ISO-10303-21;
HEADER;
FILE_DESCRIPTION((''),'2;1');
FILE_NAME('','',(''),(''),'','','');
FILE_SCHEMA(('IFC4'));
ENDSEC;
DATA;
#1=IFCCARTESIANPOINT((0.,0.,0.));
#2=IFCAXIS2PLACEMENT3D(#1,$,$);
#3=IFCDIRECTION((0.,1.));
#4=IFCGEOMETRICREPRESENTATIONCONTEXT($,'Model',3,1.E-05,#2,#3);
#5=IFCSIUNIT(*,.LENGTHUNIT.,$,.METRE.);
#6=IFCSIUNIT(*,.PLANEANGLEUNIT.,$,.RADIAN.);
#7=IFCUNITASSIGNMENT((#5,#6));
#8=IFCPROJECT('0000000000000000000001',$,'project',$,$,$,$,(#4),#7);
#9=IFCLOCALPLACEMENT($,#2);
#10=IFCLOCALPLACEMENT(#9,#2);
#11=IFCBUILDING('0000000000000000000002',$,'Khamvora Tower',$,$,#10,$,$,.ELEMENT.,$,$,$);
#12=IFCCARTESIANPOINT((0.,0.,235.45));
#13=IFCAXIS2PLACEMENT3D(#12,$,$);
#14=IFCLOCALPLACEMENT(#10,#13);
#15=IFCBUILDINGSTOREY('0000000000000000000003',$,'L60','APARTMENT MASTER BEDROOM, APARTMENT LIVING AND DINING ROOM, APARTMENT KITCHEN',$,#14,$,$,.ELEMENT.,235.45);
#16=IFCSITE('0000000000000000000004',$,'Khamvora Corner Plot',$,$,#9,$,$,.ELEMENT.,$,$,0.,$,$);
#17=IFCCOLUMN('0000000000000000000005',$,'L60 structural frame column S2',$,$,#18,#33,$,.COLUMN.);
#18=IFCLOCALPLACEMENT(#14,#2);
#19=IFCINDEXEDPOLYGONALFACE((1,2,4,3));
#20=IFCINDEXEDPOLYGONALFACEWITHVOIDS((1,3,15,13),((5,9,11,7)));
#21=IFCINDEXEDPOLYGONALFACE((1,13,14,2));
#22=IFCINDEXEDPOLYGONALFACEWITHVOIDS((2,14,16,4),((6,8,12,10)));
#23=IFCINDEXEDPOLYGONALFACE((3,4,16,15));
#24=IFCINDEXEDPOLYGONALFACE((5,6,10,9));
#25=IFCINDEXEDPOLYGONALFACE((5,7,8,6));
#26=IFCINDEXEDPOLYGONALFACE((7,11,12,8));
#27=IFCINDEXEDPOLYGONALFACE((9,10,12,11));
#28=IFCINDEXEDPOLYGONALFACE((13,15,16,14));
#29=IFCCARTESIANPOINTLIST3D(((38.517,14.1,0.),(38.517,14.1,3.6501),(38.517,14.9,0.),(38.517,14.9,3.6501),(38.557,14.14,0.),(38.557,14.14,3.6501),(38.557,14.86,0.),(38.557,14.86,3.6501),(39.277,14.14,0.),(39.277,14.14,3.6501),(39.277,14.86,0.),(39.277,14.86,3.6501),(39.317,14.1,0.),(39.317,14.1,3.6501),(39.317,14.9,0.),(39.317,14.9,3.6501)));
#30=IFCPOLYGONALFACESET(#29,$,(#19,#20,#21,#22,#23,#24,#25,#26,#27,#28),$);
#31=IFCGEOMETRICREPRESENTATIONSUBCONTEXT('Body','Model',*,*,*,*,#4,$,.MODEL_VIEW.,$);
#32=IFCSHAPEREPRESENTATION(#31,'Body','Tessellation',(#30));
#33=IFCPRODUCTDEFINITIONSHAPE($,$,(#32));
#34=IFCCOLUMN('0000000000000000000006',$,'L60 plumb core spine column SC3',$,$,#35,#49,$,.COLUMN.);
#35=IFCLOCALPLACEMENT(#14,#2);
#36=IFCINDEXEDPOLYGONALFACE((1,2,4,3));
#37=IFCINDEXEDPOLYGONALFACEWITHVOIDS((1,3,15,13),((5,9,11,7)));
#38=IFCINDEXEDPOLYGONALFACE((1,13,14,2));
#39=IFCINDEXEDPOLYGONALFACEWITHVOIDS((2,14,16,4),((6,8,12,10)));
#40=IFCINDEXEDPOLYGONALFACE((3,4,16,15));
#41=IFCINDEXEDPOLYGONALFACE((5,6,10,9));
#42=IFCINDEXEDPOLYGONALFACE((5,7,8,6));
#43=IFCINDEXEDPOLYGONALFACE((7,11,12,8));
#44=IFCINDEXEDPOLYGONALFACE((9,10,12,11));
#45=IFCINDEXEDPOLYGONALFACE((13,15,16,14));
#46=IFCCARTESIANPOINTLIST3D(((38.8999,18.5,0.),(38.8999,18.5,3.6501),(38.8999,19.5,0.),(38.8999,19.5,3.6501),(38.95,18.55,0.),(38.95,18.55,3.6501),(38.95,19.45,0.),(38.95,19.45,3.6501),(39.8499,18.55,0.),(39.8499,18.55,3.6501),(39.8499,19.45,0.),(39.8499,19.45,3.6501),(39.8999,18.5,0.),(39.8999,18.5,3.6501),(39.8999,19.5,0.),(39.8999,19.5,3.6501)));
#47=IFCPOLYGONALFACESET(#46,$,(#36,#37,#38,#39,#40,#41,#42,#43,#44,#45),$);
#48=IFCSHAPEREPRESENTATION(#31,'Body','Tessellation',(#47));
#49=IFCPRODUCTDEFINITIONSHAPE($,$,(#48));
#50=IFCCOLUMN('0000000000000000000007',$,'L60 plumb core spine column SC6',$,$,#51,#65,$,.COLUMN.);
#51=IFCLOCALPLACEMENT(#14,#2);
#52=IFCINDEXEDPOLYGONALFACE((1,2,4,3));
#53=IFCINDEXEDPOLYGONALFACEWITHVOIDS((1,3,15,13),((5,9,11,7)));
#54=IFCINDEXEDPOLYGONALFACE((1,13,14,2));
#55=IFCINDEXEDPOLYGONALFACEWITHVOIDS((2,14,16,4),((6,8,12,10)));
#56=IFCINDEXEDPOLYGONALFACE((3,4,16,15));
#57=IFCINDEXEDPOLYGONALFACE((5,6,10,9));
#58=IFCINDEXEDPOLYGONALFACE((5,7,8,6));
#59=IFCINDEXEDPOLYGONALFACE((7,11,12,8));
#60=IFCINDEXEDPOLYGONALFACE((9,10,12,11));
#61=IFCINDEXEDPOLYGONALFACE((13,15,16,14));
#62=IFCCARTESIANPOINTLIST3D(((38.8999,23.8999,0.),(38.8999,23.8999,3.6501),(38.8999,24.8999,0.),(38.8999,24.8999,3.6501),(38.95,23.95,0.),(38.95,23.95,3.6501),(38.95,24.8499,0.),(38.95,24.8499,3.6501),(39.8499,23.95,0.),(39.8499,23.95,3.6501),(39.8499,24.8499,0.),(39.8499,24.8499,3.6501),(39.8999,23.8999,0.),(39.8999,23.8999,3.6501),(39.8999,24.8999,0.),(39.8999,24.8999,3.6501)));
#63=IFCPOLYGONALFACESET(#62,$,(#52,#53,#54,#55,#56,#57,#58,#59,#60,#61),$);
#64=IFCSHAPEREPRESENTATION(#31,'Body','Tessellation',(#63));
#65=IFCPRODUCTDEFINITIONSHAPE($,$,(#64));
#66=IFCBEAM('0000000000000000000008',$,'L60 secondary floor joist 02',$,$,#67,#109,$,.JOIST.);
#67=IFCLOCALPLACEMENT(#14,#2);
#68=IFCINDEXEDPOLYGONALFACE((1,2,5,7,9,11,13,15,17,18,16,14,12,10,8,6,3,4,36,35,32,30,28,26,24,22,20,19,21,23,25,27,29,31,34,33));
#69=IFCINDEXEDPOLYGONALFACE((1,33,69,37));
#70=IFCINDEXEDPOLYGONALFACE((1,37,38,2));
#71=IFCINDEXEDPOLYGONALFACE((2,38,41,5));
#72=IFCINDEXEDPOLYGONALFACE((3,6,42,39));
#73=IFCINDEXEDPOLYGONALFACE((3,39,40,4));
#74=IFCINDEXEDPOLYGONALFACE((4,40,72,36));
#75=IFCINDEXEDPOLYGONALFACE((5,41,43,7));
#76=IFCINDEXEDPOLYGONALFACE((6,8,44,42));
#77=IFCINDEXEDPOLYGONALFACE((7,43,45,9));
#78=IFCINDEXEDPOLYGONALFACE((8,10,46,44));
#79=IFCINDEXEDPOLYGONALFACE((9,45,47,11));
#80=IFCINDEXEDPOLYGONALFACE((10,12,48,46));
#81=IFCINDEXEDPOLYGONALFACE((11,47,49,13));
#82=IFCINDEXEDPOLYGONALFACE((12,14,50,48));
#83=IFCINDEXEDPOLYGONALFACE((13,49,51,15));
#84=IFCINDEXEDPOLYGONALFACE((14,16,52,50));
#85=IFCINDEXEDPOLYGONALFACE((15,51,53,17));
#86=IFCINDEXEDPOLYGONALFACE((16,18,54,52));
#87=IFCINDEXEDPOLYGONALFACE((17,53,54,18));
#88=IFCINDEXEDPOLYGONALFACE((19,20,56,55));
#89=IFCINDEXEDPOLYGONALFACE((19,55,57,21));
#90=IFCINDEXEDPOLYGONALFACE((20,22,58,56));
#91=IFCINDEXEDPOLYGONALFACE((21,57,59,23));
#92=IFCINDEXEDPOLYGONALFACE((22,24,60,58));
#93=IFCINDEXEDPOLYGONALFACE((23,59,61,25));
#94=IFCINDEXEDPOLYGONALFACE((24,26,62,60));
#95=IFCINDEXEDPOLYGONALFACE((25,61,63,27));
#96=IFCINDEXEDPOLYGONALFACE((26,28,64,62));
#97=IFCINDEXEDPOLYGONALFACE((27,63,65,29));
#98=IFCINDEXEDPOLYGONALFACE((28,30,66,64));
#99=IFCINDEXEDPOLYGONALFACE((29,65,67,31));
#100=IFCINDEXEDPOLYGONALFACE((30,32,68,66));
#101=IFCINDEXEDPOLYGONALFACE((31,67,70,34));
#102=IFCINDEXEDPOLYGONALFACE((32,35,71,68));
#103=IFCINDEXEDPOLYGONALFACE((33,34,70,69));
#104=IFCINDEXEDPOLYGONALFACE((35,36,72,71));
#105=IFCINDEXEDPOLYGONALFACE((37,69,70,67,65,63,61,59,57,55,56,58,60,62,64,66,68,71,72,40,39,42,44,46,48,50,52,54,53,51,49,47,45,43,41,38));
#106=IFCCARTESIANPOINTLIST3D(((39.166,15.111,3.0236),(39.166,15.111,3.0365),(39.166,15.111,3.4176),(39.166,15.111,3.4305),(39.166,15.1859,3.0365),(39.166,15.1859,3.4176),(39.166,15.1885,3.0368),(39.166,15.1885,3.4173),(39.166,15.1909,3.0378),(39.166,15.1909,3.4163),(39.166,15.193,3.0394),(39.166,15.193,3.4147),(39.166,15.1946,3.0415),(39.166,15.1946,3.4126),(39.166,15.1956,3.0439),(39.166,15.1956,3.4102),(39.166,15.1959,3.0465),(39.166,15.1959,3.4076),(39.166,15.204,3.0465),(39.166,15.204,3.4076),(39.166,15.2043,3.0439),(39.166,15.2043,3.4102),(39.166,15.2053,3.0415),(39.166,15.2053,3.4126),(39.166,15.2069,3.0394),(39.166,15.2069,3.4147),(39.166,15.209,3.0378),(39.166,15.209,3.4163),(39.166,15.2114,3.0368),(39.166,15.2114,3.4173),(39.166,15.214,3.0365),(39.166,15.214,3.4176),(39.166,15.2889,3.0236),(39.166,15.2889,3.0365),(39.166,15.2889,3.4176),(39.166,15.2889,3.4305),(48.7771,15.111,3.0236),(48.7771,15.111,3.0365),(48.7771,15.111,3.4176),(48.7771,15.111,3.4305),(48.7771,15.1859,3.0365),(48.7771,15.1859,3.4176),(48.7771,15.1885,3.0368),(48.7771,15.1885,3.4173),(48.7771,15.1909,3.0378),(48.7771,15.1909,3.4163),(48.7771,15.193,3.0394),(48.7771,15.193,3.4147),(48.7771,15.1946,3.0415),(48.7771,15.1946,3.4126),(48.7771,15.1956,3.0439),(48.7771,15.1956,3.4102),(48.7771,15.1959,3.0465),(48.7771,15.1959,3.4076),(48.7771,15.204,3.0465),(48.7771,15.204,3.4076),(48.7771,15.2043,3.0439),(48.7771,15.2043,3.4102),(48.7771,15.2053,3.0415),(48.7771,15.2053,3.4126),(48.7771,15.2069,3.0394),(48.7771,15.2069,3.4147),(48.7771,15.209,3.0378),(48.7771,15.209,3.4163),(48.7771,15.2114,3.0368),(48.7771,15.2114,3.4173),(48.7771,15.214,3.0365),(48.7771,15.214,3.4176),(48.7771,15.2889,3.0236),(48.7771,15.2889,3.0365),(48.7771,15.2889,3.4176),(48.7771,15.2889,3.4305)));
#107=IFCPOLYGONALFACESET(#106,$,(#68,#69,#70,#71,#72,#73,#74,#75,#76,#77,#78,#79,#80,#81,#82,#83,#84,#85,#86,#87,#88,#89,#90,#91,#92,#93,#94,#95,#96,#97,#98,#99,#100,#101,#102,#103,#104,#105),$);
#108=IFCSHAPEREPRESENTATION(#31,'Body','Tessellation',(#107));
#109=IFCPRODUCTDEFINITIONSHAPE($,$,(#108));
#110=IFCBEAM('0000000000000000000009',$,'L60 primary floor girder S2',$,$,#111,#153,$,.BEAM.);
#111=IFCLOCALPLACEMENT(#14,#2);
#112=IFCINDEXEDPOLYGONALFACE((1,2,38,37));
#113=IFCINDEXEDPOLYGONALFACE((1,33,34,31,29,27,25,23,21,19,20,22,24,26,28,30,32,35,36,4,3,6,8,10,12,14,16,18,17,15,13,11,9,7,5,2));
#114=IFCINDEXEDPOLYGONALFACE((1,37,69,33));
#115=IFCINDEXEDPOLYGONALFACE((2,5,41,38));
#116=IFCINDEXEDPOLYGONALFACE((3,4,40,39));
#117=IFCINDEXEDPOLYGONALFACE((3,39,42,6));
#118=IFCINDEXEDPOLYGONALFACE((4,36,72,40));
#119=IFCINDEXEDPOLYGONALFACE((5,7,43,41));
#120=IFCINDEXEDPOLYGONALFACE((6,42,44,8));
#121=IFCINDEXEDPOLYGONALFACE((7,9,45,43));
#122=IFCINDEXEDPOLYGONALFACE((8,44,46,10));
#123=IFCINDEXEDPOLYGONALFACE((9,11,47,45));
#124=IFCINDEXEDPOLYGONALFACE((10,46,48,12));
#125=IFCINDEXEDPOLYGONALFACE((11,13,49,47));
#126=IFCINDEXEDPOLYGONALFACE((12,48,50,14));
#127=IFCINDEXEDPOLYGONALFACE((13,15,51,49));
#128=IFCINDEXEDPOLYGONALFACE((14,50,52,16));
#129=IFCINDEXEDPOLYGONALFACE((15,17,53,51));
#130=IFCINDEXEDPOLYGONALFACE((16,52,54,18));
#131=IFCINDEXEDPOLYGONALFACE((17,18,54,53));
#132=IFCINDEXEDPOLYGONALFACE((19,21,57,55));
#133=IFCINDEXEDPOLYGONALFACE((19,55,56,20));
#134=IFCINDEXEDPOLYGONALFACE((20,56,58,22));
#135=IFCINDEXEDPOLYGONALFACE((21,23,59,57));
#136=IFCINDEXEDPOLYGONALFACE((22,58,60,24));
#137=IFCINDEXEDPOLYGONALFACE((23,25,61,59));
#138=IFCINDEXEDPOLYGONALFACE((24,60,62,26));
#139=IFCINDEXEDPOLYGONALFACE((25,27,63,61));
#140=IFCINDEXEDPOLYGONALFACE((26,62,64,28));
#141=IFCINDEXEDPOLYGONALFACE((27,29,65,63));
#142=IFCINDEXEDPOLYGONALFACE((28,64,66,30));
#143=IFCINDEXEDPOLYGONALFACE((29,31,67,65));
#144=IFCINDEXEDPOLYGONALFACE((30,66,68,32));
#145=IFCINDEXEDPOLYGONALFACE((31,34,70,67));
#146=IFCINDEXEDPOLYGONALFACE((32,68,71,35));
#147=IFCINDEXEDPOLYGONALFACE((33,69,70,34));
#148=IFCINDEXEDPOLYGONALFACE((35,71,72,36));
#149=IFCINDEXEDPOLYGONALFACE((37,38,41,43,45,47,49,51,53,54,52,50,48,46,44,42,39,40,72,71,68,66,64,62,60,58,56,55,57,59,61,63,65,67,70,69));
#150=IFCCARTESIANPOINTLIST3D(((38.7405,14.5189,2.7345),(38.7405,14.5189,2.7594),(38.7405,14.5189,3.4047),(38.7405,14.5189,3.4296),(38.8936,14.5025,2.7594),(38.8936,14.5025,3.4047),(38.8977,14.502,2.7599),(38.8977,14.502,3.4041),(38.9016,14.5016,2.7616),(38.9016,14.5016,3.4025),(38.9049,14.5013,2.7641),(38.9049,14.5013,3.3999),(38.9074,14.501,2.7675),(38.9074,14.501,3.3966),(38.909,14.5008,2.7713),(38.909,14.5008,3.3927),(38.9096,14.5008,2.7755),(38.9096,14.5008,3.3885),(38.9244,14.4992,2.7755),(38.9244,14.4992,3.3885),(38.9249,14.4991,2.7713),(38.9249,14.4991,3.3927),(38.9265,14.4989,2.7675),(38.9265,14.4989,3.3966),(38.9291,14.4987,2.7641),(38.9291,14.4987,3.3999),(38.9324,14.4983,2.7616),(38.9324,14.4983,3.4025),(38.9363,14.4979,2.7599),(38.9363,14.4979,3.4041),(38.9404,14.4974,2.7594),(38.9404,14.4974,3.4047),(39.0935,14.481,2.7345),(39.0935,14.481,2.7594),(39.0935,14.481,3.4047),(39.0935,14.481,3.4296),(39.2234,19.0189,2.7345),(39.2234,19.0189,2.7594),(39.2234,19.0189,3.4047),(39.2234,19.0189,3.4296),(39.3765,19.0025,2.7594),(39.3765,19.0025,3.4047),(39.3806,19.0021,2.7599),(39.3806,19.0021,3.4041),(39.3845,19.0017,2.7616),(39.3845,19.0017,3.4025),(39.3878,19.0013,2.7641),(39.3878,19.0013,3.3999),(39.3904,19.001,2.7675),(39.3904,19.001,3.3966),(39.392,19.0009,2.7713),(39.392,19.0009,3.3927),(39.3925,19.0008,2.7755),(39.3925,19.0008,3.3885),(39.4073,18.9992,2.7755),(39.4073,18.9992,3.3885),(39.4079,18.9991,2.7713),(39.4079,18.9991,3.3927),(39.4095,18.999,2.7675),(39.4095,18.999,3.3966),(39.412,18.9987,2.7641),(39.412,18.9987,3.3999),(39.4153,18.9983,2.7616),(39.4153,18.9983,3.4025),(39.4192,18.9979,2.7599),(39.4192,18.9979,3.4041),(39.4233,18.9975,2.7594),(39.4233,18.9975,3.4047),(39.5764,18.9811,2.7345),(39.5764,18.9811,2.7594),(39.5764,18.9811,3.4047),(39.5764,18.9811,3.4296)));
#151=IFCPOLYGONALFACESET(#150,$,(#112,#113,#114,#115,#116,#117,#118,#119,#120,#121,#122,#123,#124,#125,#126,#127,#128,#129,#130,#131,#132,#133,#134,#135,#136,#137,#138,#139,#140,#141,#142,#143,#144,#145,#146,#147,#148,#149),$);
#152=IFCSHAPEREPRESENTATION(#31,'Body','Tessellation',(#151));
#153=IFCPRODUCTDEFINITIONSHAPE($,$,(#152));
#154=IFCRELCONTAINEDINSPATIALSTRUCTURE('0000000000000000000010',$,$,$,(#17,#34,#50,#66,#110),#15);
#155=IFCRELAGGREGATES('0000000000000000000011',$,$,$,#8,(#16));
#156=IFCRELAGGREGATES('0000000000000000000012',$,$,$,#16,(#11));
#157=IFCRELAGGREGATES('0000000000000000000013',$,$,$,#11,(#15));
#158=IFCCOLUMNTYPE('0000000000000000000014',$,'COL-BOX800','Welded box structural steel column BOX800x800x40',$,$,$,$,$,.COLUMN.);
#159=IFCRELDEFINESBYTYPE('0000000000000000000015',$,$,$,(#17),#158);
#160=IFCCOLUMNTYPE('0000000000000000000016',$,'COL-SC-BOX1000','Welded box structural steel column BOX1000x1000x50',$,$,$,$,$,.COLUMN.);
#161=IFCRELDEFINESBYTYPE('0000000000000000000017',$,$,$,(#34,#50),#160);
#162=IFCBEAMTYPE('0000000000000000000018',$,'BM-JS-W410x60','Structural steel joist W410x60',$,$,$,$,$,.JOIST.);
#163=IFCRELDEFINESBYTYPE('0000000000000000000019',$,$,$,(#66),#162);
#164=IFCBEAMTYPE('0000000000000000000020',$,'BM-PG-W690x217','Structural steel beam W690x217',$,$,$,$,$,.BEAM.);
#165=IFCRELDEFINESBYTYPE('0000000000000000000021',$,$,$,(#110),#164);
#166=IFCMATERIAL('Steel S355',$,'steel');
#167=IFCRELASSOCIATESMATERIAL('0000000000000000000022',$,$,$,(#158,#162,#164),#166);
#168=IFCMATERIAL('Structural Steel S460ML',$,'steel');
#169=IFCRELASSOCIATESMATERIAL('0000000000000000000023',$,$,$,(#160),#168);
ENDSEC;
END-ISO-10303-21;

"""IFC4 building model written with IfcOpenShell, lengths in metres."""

from ifc_helpers import new_model, si_unit, direction, frame, origin, origin_2d, place, context, subcontext, project, spatial, hollow_rectangle, i_section, extrude, material, material_profile, profile_set, type_object, element, save


model = new_model("IFC4")

# Units and contexts
model_context = context("Model", 3, precision=1e-05, world=origin(), true_north=direction((0.0, 1.0)))
body_context = subcontext(model_context, "Body", "Model", "MODEL_VIEW")
ifc_project = project(units=[si_unit("LENGTHUNIT", "METRE"), si_unit("PLANEANGLEUNIT", "RADIAN")], contexts=[model_context])

# Site, building, storey
site_placement = place(None, origin())
site = spatial("IfcSite", under=ifc_project, at=site_placement, Name="Khamvora Corner Plot", CompositionType="ELEMENT", RefElevation=0.0)
building_placement = place(site_placement, origin())
building = spatial("IfcBuilding", under=site, at=building_placement, Name="Khamvora Tower", CompositionType="ELEMENT")
storey_placement = place(building_placement, frame((0.0, 0.0, 235.45)))
storey = spatial("IfcBuildingStorey", under=building, at=storey_placement, Name="L60", Description="APARTMENT MASTER BEDROOM, APARTMENT LIVING AND DINING ROOM, APARTMENT KITCHEN", CompositionType="ELEMENT", Elevation=235.45)

# Columns
ifc_material_1 = material(Name="Steel S355", Category="steel")
ifc_material_profile_1 = material_profile(ifc_material_1, hollow_rectangle(XDim=0.8, YDim=0.8, WallThickness=0.04, at=origin_2d()), Name="BOX800x800x40")
ifc_profile_set_1 = profile_set([ifc_material_profile_1], Name="Steel S355")
column_type_1 = type_object("IfcColumnType", Name="COL-BOX800", Description="Welded box structural steel column BOX800x800x40", PredefinedType="COLUMN", material=ifc_profile_set_1)
column_placement = place(storey_placement, frame((38.917, 14.5, 0.0), z_axis=(0.0, 0.0, 1.0), x_axis=(1.0, 0.0, 0.0)))
element("IfcColumn", 1, at=column_placement, inside=storey, type_object=column_type_1, Name="L60 structural frame column S2", PredefinedType="COLUMN", context=body_context, shape_type="SweptSolid", body=[
    extrude(hollow_rectangle(XDim=0.8, YDim=0.8, WallThickness=0.04, at=origin_2d()), origin(), (0.0, 0.0, 1.0), 3.6501),
])
ifc_material_2 = material(Name="Structural Steel S460ML", Category="steel")
ifc_material_profile_2 = material_profile(ifc_material_2, hollow_rectangle(XDim=1.0, YDim=1.0, WallThickness=0.05, at=origin_2d()), Name="BOX1000x1000x50")
ifc_profile_set_2 = profile_set([ifc_material_profile_2], Name="Structural Steel S460ML")
column_type_2 = type_object("IfcColumnType", Name="COL-SC-BOX1000", Description="Welded box structural steel column BOX1000x1000x50", PredefinedType="COLUMN", material=ifc_profile_set_2)
for number, where, z_axis, x_axis, name in (
    (2, (39.3999, 19.0, 0.0), (0.0, 0.0, 1.0), (1.0, 0.0, 0.0), "L60 plumb core spine column SC3"),
    (3, (39.3999, 24.3999, 0.0), (0.0, 0.0, 1.0), (1.0, 0.0, 0.0), "L60 plumb core spine column SC6"),
):
    element("IfcColumn", number, at=place(storey_placement, frame(where, z_axis=z_axis, x_axis=x_axis)), inside=storey, type_object=column_type_2, Name=name, PredefinedType="COLUMN", context=body_context, shape_type="SweptSolid", body=[
        extrude(hollow_rectangle(XDim=1.0, YDim=1.0, WallThickness=0.05, at=origin_2d()), origin(), (0.0, 0.0, 1.0), 3.6501),
    ])

# Beams
ifc_material_profile_3 = material_profile(ifc_material_1, i_section(OverallWidth=0.178, OverallDepth=0.407, WebThickness=0.0081, FlangeThickness=0.0129, FilletRadius=0.01, at=origin_2d()), Name="W410x60")
ifc_profile_set_3 = profile_set([ifc_material_profile_3], Name="Steel S355")
beam_type_1 = type_object("IfcBeamType", Name="BM-JS-W410x60", Description="Structural steel joist W410x60", PredefinedType="JOIST", material=ifc_profile_set_3)
beam_1_placement = place(storey_placement, frame((39.166, 15.2, 3.2271), z_axis=(1.0, 0.0, 0.0), x_axis=(0.0, 1.0, 0.0)))
element("IfcBeam", 4, at=beam_1_placement, inside=storey, type_object=beam_type_1, Name="L60 secondary floor joist 02", PredefinedType="JOIST", context=body_context, shape_type="SweptSolid", body=[
    extrude(i_section(OverallWidth=0.178, OverallDepth=0.407, WebThickness=0.0081, FlangeThickness=0.0129, FilletRadius=0.01, at=origin_2d()), origin(), (0.0, 0.0, 1.0), 9.6111),
])
ifc_material_profile_4 = material_profile(ifc_material_1, i_section(OverallWidth=0.355, OverallDepth=0.6951, WebThickness=0.0149, FlangeThickness=0.0249, FilletRadius=0.0161, at=origin_2d()), Name="W690x217")
ifc_profile_set_4 = profile_set([ifc_material_profile_4], Name="Steel S355")
beam_type_2 = type_object("IfcBeamType", Name="BM-PG-W690x217", Description="Structural steel beam W690x217", PredefinedType="BEAM", material=ifc_profile_set_4)
beam_2_placement = place(storey_placement, frame((39.3999, 19.0, 3.082), z_axis=(-0.106701, -0.994291, 0.0), x_axis=(0.994291, -0.106701, 0.0)))
element("IfcBeam", 5, at=beam_2_placement, inside=storey, type_object=beam_type_2, Name="L60 primary floor girder S2", PredefinedType="BEAM", context=body_context, shape_type="SweptSolid", body=[
    extrude(i_section(OverallWidth=0.355, OverallDepth=0.6951, WebThickness=0.0149, FlangeThickness=0.0249, FilletRadius=0.0161, at=origin_2d()), origin(), (0.0, 0.0, 1.0), 4.5259),
])

save(model, "model.ifc")
